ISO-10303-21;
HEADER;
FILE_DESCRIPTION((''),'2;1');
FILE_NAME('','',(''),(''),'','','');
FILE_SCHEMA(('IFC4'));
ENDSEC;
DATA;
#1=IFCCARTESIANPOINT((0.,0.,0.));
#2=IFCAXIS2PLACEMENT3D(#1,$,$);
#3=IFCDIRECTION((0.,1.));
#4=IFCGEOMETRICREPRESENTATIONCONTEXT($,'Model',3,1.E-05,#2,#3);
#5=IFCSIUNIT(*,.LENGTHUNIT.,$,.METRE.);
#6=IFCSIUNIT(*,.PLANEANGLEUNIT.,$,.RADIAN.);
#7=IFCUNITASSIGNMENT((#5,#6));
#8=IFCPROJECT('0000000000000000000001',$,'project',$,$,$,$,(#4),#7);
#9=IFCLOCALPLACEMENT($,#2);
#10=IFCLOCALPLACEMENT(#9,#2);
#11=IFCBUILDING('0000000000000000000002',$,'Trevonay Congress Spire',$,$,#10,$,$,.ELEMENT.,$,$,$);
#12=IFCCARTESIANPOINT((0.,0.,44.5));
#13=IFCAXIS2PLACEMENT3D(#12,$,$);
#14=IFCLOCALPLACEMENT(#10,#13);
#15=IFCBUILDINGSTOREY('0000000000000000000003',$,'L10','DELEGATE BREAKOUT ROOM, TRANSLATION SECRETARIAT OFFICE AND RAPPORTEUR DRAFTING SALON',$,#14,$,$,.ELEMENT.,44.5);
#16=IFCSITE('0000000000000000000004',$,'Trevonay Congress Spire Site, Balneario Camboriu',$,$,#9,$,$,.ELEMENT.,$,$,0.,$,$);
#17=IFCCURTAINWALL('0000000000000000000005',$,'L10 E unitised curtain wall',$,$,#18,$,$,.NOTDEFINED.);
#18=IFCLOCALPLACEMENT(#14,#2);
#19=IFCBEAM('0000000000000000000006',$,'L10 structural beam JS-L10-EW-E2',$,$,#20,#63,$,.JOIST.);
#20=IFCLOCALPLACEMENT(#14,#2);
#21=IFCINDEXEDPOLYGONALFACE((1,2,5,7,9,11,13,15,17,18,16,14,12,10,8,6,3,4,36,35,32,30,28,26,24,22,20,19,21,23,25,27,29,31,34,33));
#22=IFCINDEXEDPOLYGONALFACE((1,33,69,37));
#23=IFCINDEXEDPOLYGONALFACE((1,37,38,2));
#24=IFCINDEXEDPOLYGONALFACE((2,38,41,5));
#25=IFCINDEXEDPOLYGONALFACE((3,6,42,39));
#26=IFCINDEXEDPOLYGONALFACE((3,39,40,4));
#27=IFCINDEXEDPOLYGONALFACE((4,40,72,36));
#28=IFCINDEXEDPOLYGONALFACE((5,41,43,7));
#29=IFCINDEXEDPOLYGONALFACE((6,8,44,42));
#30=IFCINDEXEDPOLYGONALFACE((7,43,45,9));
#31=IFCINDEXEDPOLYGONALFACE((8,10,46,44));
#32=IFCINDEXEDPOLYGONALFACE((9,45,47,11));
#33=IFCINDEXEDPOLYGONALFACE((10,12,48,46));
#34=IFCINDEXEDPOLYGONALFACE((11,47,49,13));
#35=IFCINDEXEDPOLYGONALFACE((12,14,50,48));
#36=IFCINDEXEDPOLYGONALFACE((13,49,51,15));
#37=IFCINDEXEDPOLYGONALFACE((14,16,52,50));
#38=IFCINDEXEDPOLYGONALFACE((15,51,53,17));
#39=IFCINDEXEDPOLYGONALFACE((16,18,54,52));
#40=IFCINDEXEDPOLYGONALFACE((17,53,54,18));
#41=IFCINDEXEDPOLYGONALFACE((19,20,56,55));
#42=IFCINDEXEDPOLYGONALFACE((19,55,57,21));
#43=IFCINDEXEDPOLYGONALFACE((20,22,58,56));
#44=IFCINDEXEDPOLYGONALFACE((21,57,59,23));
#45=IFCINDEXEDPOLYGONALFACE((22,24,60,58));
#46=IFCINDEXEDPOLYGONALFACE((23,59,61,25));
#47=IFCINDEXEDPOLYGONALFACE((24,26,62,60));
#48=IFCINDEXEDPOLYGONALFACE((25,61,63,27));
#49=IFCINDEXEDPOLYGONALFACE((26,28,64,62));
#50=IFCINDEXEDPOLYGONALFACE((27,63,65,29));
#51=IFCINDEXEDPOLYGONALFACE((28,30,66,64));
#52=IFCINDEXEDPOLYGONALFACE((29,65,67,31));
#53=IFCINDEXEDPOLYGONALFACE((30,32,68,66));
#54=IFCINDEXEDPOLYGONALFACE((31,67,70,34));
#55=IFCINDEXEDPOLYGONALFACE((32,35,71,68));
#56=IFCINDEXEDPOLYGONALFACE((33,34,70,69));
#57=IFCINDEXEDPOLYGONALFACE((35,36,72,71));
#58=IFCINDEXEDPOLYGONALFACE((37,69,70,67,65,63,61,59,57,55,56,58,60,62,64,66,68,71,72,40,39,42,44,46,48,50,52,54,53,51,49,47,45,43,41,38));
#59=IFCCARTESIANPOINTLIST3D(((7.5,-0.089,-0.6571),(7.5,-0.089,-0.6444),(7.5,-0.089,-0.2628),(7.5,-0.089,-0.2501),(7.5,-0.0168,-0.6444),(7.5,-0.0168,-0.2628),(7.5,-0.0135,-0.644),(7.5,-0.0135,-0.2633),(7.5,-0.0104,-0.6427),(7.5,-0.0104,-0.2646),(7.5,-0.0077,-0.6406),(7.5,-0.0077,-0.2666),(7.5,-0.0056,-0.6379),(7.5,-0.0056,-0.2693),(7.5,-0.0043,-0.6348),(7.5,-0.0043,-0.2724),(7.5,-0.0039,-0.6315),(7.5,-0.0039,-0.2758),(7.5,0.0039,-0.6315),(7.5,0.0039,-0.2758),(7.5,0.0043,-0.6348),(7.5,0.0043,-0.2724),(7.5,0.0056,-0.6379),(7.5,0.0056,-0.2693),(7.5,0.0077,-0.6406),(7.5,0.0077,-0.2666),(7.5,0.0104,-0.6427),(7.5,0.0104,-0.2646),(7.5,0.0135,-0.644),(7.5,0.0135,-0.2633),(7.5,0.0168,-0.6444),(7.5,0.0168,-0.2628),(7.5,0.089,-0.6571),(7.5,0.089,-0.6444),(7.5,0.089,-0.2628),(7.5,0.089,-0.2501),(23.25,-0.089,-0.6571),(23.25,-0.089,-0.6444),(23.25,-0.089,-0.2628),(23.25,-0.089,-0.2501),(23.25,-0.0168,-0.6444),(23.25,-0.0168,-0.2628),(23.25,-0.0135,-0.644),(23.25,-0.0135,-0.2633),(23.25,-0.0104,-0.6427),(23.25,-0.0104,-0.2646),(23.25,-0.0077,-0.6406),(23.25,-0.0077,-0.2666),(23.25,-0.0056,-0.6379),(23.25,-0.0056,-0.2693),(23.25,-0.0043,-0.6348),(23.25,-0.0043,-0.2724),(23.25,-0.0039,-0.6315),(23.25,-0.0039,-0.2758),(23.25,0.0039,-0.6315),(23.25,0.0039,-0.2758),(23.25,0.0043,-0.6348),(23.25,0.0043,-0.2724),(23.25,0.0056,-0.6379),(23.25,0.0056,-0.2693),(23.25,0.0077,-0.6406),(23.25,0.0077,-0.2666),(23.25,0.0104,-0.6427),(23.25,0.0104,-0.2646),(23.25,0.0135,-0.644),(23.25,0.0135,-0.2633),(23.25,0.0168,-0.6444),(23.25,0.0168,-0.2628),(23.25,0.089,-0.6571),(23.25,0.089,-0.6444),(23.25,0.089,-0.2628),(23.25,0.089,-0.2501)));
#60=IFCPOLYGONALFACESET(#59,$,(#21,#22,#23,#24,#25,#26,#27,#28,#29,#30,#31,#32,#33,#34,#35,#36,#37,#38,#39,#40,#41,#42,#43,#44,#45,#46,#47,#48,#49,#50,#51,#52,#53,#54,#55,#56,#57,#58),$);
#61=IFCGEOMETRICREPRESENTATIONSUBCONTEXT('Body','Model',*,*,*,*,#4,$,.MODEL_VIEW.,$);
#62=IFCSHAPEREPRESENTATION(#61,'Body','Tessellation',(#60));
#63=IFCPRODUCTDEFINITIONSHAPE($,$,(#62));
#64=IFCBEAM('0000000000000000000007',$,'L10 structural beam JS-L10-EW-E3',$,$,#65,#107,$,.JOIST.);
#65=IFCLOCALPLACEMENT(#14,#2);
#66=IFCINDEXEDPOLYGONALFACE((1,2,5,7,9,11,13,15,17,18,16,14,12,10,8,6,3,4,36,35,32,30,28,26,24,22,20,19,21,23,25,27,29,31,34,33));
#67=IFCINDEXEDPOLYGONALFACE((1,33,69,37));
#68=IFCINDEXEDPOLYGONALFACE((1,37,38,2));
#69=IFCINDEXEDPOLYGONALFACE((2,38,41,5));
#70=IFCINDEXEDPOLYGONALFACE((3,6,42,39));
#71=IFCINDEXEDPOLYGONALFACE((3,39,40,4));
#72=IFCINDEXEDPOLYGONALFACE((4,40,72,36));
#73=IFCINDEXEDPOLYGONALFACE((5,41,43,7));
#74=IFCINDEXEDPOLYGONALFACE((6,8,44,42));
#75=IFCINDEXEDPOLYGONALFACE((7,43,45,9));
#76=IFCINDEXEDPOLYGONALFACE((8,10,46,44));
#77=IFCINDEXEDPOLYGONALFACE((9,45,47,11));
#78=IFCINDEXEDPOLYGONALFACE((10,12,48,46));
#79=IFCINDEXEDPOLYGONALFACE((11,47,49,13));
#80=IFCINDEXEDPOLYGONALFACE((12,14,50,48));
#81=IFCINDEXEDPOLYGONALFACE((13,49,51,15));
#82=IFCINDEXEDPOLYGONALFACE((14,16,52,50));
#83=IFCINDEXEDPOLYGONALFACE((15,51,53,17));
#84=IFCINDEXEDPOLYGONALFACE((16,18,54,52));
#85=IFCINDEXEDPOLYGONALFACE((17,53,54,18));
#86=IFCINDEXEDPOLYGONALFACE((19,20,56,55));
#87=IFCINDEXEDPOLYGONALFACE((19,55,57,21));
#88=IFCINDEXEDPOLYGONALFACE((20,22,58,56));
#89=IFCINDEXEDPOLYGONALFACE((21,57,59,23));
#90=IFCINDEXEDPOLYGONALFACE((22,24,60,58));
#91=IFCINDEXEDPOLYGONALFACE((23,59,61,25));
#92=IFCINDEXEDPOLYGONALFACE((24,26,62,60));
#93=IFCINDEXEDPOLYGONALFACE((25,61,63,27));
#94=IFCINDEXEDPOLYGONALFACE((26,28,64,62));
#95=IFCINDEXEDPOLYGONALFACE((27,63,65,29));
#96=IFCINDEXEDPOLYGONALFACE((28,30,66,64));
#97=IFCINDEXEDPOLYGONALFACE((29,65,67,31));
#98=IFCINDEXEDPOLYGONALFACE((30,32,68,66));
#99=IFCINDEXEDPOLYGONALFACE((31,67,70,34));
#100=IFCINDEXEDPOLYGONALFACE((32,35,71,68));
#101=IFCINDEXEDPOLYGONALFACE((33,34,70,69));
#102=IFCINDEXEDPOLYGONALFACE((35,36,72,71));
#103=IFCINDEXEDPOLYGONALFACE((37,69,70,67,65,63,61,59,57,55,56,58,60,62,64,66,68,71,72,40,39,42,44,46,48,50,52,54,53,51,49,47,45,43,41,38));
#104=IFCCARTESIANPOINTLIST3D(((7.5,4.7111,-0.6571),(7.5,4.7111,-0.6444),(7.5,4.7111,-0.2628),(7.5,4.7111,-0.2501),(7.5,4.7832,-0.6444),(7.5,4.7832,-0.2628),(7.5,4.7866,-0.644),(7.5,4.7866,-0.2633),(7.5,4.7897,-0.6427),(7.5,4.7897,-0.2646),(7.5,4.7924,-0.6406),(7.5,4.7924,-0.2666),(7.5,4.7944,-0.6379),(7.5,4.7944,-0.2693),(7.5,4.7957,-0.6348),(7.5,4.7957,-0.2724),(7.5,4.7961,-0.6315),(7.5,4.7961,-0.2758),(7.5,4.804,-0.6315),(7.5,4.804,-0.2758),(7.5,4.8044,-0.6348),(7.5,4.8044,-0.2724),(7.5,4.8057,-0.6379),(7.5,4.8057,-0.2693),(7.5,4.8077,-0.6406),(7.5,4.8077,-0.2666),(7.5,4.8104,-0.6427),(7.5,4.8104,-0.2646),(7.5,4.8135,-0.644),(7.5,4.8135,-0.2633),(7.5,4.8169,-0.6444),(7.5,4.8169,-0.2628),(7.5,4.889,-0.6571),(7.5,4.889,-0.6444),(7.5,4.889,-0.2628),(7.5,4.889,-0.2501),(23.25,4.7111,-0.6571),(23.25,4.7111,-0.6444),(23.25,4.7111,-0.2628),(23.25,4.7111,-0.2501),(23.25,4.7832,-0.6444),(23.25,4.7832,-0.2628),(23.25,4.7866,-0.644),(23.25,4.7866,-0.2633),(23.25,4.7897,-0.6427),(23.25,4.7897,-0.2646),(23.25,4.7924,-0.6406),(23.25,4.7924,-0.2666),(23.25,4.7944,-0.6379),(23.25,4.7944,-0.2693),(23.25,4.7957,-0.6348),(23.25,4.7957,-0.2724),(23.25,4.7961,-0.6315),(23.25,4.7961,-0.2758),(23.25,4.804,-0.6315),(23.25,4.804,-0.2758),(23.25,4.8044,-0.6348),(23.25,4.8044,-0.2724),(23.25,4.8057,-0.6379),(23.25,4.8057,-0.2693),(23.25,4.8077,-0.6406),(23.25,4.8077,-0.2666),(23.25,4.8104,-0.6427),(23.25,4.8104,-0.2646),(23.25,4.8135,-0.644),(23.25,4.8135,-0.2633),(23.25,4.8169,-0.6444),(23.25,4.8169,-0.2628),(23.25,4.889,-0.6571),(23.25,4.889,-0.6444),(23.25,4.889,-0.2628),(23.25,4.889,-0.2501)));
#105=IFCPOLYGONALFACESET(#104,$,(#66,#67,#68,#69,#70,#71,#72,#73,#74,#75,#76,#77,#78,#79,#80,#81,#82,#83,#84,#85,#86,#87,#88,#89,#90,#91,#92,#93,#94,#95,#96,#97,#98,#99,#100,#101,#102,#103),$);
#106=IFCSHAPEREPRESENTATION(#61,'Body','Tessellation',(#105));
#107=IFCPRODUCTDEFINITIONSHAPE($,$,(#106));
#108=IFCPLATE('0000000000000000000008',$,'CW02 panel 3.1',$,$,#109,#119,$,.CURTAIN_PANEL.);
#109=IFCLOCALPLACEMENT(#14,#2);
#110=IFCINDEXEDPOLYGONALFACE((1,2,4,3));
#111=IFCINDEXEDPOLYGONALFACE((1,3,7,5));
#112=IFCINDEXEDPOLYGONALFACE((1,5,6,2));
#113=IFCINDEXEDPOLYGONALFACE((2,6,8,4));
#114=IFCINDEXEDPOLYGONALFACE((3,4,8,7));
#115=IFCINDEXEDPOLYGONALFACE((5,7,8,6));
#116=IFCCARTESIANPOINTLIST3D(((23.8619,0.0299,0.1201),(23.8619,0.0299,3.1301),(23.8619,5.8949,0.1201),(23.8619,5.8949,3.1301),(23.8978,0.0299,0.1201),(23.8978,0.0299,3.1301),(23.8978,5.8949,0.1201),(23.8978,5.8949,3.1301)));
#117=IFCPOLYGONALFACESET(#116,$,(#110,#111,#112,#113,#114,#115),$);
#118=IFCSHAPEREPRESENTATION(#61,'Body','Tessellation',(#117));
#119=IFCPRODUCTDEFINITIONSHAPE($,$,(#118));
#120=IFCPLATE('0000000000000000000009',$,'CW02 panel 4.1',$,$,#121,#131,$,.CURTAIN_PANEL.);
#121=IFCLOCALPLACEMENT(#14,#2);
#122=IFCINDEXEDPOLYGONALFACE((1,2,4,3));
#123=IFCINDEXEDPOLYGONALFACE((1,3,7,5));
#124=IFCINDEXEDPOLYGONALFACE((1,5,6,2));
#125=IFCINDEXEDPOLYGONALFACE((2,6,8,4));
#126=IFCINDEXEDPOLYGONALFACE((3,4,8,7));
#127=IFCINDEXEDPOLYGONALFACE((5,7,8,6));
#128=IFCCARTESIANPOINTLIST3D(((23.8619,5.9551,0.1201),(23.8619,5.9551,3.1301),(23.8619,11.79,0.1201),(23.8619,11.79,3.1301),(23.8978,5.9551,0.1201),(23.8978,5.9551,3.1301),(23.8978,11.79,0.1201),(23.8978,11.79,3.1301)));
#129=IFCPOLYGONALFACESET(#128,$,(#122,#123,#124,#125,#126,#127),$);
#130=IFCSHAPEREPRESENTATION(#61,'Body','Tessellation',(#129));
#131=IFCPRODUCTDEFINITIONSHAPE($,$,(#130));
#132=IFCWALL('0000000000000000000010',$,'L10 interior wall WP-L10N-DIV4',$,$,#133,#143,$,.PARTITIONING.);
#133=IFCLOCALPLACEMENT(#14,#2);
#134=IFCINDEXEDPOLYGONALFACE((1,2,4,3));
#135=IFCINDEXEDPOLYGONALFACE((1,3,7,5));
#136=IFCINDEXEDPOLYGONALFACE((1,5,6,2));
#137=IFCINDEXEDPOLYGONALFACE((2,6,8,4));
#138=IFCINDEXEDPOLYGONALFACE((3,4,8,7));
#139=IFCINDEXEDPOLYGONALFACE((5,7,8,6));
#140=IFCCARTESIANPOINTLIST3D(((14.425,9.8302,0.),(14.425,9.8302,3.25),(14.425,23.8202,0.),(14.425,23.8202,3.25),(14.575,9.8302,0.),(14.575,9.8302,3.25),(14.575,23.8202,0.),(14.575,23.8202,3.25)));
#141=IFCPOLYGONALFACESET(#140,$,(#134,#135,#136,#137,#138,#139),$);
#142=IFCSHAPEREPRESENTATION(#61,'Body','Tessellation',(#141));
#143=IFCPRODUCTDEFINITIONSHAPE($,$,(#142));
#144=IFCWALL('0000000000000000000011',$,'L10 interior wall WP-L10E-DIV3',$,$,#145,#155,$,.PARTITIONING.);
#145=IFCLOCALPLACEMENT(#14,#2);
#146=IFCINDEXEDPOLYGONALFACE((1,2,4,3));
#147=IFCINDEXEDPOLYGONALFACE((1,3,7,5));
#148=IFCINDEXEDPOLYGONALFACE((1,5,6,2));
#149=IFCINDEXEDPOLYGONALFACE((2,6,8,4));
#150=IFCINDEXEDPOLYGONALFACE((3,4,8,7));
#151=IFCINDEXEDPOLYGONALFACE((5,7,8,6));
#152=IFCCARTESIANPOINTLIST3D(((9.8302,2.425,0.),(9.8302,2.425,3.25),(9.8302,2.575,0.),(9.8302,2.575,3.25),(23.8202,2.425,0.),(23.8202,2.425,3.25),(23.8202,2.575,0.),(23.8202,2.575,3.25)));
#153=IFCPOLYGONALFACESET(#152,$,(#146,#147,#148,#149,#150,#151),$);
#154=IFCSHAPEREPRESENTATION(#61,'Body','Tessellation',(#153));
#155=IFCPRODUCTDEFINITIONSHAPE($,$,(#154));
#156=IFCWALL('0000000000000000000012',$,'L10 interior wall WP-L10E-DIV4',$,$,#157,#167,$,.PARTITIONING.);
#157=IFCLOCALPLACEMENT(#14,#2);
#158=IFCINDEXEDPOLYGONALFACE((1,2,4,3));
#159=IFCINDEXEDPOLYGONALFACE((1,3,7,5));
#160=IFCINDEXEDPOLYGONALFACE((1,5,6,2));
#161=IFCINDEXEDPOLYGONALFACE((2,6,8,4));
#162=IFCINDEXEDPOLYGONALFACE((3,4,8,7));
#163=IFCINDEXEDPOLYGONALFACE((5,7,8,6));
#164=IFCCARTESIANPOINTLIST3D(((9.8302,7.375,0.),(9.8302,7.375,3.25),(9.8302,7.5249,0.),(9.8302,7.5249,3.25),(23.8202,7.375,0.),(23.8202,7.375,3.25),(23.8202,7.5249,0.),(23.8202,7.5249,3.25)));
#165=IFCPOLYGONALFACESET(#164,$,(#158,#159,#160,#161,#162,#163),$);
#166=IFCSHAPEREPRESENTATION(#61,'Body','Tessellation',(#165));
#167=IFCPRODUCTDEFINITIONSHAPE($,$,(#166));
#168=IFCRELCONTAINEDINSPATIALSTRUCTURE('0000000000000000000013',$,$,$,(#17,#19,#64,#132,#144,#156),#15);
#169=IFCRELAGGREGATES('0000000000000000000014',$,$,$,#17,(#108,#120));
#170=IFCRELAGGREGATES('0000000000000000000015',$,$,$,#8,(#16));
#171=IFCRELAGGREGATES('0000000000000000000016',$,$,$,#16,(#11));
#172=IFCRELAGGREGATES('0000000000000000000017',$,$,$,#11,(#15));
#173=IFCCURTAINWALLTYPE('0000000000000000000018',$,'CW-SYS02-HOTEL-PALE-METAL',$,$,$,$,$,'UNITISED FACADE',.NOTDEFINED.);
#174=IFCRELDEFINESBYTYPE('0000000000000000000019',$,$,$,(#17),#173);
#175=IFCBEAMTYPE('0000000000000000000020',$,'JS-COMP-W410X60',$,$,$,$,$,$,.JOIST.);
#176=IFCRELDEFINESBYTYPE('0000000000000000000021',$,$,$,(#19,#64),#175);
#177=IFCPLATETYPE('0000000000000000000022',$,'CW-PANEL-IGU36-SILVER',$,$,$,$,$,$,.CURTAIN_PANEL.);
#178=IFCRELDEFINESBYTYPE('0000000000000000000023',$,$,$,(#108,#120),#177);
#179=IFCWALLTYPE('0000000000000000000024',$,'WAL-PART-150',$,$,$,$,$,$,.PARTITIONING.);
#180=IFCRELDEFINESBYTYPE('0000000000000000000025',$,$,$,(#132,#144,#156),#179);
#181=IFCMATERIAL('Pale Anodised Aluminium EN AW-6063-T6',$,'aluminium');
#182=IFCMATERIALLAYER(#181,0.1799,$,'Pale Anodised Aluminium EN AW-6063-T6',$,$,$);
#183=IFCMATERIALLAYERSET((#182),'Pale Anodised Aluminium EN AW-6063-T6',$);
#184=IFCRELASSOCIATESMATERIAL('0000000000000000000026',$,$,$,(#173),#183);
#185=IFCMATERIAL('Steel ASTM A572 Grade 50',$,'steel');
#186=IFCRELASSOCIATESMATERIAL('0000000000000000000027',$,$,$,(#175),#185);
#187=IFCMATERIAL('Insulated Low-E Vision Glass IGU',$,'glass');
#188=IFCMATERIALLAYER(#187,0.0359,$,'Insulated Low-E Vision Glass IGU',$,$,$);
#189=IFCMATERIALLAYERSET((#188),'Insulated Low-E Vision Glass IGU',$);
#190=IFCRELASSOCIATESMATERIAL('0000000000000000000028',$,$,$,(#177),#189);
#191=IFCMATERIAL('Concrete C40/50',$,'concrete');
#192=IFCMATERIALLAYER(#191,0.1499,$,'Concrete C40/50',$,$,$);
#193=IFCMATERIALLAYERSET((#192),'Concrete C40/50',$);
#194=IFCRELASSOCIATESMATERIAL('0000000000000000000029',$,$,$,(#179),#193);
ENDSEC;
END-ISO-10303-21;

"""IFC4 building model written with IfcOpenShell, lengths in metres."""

from ifc_helpers import new_model, si_unit, direction, frame, frame_2d, origin, origin_2d, place, context, subcontext, project, spatial, rectangle, i_section, extrude, material, layer, layer_set, material_profile, profile_set, type_object, element, aggregate, save


model = new_model("IFC4")

# Units and contexts
model_context = context("Model", 3, precision=1e-05, world=origin(), true_north=direction((0.0, 1.0)))
body_context = subcontext(model_context, "Body", "Model", "MODEL_VIEW")
ifc_project = project(units=[si_unit("LENGTHUNIT", "METRE"), si_unit("PLANEANGLEUNIT", "RADIAN")], contexts=[model_context])

# Site, building, storey
site_placement = place(None, origin())
site = spatial("IfcSite", under=ifc_project, at=site_placement, Name="Trevonay Congress Spire Site, Balneario Camboriu", CompositionType="ELEMENT", RefElevation=0.0)
building_placement = place(site_placement, origin())
building = spatial("IfcBuilding", under=site, at=building_placement, Name="Trevonay Congress Spire", CompositionType="ELEMENT")
storey_placement = place(building_placement, frame((0.0, 0.0, 44.5)))
storey = spatial("IfcBuildingStorey", under=building, at=storey_placement, Name="L10", Description="DELEGATE BREAKOUT ROOM, TRANSLATION SECRETARIAT OFFICE AND RAPPORTEUR DRAFTING SALON", CompositionType="ELEMENT", Elevation=44.5)

# Shared definitions
ifc_material_1 = material(Name="Steel ASTM A572 Grade 50", Category="steel")

# Curtain wall
ifc_material_2 = material(Name="Pale Anodised Aluminium EN AW-6063-T6", Category="aluminium")
ifc_layer_1 = layer(ifc_material_2, 0.1799, Name="Pale Anodised Aluminium EN AW-6063-T6")
ifc_layer_set_1 = layer_set([ifc_layer_1], Name="Pale Anodised Aluminium EN AW-6063-T6")
curtain_wall_type = type_object("IfcCurtainWallType", Name="CW-SYS02-HOTEL-PALE-METAL", ElementType="UNITISED FACADE", PredefinedType="NOTDEFINED", material=ifc_layer_set_1)
curtain_wall_placement = place(storey_placement, origin())
curtain_wall = element("IfcCurtainWall", 1, at=curtain_wall_placement, inside=storey, type_object=curtain_wall_type, Name="L10 E unitised curtain wall", PredefinedType="NOTDEFINED")

# Beams
ifc_material_profile_1 = material_profile(ifc_material_1, i_section(OverallWidth=0.178, OverallDepth=0.407, WebThickness=0.0078, FlangeThickness=0.0127, FilletRadius=0.0129, at=origin_2d()), Name="W410x60")
ifc_profile_set_1 = profile_set([ifc_material_profile_1], Name="Steel ASTM A572 Grade 50")
beam_type_1 = type_object("IfcBeamType", Name="JS-COMP-W410X60", PredefinedType="JOIST", material=ifc_profile_set_1)
for number, where, z_axis, x_axis, name in (
    (2, (7.5, 0.0, -0.4536), (1.0, 0.0, 0.0), (0.0, 1.0, 0.0), "L10 structural beam JS-L10-EW-E2"),
    (3, (7.5, 4.8, -0.4536), (1.0, 0.0, 0.0), (0.0, 1.0, 0.0), "L10 structural beam JS-L10-EW-E3"),
):
    element("IfcBeam", number, at=place(storey_placement, frame(where, z_axis=z_axis, x_axis=x_axis)), inside=storey, type_object=beam_type_1, Name=name, PredefinedType="JOIST", context=body_context, shape_type="SweptSolid", body=[
        extrude(i_section(OverallWidth=0.178, OverallDepth=0.407, WebThickness=0.0078, FlangeThickness=0.0127, FilletRadius=0.0129, at=origin_2d()), origin(), (0.0, 0.0, 1.0), 15.75),
    ])

# Plates
ifc_material_3 = material(Name="Insulated Low-E Vision Glass IGU", Category="glass")
ifc_layer_2 = layer(ifc_material_3, 0.0359, Name="Insulated Low-E Vision Glass IGU")
ifc_layer_set_2 = layer_set([ifc_layer_2], Name="Insulated Low-E Vision Glass IGU")
plate_type = type_object("IfcPlateType", Name="CW-PANEL-IGU36-SILVER", PredefinedType="CURTAIN_PANEL", material=ifc_layer_set_2)
plate_1_placement = place(storey_placement, frame((23.8799, 2.9624, 0.1201), z_axis=(0.0, 0.0, 1.0), x_axis=(0.0, 1.0, 0.0)))
plate_1 = element("IfcPlate", 4, at=plate_1_placement, type_object=plate_type, Name="CW02 panel 3.1", PredefinedType="CURTAIN_PANEL", context=body_context, shape_type="SweptSolid", body=[
    extrude(rectangle(XDim=5.865, YDim=0.0359, at=origin_2d()), origin(), (0.0, 0.0, 1.0), 3.01),
])
plate_2_placement = place(storey_placement, frame((23.8799, 8.8726, 0.1201), z_axis=(0.0, 0.0, 1.0), x_axis=(0.0, 1.0, 0.0)))
plate_2 = element("IfcPlate", 5, at=plate_2_placement, type_object=plate_type, Name="CW02 panel 4.1", PredefinedType="CURTAIN_PANEL", context=body_context, shape_type="SweptSolid", body=[
    extrude(rectangle(XDim=5.835, YDim=0.0359, at=origin_2d()), origin(), (0.0, 0.0, 1.0), 3.01),
])
aggregate(curtain_wall, [plate_1, plate_2])

# Walls
ifc_material_4 = material(Name="Concrete C40/50", Category="concrete")
ifc_layer_3 = layer(ifc_material_4, 0.1499, Name="Concrete C40/50")
ifc_layer_set_3 = layer_set([ifc_layer_3], Name="Concrete C40/50")
wall_type = type_object("IfcWallType", Name="WAL-PART-150", PredefinedType="PARTITIONING", material=ifc_layer_set_3)
for number, where, z_axis, x_axis, name in (
    (6, (14.5, 9.8301, 0.0), (0.0, 0.0, 1.0), (0.0, 1.0, 0.0), "L10 interior wall WP-L10N-DIV4"),
    (7, (9.8301, 2.5, 0.0), (0.0, 0.0, 1.0), (1.0, 0.0, 0.0), "L10 interior wall WP-L10E-DIV3"),
    (8, (9.8301, 7.45, 0.0), (0.0, 0.0, 1.0), (1.0, 0.0, 0.0), "L10 interior wall WP-L10E-DIV4"),
):
    element("IfcWall", number, at=place(storey_placement, frame(where, z_axis=z_axis, x_axis=x_axis)), inside=storey, type_object=wall_type, Name=name, PredefinedType="PARTITIONING", context=body_context, shape_type="SweptSolid", body=[
        extrude(rectangle(XDim=13.99, YDim=0.1499, at=frame_2d((6.9951, 0.0))), origin(), (0.0, 0.0, 1.0), 3.25),
    ])

save(model, "model.ifc")
